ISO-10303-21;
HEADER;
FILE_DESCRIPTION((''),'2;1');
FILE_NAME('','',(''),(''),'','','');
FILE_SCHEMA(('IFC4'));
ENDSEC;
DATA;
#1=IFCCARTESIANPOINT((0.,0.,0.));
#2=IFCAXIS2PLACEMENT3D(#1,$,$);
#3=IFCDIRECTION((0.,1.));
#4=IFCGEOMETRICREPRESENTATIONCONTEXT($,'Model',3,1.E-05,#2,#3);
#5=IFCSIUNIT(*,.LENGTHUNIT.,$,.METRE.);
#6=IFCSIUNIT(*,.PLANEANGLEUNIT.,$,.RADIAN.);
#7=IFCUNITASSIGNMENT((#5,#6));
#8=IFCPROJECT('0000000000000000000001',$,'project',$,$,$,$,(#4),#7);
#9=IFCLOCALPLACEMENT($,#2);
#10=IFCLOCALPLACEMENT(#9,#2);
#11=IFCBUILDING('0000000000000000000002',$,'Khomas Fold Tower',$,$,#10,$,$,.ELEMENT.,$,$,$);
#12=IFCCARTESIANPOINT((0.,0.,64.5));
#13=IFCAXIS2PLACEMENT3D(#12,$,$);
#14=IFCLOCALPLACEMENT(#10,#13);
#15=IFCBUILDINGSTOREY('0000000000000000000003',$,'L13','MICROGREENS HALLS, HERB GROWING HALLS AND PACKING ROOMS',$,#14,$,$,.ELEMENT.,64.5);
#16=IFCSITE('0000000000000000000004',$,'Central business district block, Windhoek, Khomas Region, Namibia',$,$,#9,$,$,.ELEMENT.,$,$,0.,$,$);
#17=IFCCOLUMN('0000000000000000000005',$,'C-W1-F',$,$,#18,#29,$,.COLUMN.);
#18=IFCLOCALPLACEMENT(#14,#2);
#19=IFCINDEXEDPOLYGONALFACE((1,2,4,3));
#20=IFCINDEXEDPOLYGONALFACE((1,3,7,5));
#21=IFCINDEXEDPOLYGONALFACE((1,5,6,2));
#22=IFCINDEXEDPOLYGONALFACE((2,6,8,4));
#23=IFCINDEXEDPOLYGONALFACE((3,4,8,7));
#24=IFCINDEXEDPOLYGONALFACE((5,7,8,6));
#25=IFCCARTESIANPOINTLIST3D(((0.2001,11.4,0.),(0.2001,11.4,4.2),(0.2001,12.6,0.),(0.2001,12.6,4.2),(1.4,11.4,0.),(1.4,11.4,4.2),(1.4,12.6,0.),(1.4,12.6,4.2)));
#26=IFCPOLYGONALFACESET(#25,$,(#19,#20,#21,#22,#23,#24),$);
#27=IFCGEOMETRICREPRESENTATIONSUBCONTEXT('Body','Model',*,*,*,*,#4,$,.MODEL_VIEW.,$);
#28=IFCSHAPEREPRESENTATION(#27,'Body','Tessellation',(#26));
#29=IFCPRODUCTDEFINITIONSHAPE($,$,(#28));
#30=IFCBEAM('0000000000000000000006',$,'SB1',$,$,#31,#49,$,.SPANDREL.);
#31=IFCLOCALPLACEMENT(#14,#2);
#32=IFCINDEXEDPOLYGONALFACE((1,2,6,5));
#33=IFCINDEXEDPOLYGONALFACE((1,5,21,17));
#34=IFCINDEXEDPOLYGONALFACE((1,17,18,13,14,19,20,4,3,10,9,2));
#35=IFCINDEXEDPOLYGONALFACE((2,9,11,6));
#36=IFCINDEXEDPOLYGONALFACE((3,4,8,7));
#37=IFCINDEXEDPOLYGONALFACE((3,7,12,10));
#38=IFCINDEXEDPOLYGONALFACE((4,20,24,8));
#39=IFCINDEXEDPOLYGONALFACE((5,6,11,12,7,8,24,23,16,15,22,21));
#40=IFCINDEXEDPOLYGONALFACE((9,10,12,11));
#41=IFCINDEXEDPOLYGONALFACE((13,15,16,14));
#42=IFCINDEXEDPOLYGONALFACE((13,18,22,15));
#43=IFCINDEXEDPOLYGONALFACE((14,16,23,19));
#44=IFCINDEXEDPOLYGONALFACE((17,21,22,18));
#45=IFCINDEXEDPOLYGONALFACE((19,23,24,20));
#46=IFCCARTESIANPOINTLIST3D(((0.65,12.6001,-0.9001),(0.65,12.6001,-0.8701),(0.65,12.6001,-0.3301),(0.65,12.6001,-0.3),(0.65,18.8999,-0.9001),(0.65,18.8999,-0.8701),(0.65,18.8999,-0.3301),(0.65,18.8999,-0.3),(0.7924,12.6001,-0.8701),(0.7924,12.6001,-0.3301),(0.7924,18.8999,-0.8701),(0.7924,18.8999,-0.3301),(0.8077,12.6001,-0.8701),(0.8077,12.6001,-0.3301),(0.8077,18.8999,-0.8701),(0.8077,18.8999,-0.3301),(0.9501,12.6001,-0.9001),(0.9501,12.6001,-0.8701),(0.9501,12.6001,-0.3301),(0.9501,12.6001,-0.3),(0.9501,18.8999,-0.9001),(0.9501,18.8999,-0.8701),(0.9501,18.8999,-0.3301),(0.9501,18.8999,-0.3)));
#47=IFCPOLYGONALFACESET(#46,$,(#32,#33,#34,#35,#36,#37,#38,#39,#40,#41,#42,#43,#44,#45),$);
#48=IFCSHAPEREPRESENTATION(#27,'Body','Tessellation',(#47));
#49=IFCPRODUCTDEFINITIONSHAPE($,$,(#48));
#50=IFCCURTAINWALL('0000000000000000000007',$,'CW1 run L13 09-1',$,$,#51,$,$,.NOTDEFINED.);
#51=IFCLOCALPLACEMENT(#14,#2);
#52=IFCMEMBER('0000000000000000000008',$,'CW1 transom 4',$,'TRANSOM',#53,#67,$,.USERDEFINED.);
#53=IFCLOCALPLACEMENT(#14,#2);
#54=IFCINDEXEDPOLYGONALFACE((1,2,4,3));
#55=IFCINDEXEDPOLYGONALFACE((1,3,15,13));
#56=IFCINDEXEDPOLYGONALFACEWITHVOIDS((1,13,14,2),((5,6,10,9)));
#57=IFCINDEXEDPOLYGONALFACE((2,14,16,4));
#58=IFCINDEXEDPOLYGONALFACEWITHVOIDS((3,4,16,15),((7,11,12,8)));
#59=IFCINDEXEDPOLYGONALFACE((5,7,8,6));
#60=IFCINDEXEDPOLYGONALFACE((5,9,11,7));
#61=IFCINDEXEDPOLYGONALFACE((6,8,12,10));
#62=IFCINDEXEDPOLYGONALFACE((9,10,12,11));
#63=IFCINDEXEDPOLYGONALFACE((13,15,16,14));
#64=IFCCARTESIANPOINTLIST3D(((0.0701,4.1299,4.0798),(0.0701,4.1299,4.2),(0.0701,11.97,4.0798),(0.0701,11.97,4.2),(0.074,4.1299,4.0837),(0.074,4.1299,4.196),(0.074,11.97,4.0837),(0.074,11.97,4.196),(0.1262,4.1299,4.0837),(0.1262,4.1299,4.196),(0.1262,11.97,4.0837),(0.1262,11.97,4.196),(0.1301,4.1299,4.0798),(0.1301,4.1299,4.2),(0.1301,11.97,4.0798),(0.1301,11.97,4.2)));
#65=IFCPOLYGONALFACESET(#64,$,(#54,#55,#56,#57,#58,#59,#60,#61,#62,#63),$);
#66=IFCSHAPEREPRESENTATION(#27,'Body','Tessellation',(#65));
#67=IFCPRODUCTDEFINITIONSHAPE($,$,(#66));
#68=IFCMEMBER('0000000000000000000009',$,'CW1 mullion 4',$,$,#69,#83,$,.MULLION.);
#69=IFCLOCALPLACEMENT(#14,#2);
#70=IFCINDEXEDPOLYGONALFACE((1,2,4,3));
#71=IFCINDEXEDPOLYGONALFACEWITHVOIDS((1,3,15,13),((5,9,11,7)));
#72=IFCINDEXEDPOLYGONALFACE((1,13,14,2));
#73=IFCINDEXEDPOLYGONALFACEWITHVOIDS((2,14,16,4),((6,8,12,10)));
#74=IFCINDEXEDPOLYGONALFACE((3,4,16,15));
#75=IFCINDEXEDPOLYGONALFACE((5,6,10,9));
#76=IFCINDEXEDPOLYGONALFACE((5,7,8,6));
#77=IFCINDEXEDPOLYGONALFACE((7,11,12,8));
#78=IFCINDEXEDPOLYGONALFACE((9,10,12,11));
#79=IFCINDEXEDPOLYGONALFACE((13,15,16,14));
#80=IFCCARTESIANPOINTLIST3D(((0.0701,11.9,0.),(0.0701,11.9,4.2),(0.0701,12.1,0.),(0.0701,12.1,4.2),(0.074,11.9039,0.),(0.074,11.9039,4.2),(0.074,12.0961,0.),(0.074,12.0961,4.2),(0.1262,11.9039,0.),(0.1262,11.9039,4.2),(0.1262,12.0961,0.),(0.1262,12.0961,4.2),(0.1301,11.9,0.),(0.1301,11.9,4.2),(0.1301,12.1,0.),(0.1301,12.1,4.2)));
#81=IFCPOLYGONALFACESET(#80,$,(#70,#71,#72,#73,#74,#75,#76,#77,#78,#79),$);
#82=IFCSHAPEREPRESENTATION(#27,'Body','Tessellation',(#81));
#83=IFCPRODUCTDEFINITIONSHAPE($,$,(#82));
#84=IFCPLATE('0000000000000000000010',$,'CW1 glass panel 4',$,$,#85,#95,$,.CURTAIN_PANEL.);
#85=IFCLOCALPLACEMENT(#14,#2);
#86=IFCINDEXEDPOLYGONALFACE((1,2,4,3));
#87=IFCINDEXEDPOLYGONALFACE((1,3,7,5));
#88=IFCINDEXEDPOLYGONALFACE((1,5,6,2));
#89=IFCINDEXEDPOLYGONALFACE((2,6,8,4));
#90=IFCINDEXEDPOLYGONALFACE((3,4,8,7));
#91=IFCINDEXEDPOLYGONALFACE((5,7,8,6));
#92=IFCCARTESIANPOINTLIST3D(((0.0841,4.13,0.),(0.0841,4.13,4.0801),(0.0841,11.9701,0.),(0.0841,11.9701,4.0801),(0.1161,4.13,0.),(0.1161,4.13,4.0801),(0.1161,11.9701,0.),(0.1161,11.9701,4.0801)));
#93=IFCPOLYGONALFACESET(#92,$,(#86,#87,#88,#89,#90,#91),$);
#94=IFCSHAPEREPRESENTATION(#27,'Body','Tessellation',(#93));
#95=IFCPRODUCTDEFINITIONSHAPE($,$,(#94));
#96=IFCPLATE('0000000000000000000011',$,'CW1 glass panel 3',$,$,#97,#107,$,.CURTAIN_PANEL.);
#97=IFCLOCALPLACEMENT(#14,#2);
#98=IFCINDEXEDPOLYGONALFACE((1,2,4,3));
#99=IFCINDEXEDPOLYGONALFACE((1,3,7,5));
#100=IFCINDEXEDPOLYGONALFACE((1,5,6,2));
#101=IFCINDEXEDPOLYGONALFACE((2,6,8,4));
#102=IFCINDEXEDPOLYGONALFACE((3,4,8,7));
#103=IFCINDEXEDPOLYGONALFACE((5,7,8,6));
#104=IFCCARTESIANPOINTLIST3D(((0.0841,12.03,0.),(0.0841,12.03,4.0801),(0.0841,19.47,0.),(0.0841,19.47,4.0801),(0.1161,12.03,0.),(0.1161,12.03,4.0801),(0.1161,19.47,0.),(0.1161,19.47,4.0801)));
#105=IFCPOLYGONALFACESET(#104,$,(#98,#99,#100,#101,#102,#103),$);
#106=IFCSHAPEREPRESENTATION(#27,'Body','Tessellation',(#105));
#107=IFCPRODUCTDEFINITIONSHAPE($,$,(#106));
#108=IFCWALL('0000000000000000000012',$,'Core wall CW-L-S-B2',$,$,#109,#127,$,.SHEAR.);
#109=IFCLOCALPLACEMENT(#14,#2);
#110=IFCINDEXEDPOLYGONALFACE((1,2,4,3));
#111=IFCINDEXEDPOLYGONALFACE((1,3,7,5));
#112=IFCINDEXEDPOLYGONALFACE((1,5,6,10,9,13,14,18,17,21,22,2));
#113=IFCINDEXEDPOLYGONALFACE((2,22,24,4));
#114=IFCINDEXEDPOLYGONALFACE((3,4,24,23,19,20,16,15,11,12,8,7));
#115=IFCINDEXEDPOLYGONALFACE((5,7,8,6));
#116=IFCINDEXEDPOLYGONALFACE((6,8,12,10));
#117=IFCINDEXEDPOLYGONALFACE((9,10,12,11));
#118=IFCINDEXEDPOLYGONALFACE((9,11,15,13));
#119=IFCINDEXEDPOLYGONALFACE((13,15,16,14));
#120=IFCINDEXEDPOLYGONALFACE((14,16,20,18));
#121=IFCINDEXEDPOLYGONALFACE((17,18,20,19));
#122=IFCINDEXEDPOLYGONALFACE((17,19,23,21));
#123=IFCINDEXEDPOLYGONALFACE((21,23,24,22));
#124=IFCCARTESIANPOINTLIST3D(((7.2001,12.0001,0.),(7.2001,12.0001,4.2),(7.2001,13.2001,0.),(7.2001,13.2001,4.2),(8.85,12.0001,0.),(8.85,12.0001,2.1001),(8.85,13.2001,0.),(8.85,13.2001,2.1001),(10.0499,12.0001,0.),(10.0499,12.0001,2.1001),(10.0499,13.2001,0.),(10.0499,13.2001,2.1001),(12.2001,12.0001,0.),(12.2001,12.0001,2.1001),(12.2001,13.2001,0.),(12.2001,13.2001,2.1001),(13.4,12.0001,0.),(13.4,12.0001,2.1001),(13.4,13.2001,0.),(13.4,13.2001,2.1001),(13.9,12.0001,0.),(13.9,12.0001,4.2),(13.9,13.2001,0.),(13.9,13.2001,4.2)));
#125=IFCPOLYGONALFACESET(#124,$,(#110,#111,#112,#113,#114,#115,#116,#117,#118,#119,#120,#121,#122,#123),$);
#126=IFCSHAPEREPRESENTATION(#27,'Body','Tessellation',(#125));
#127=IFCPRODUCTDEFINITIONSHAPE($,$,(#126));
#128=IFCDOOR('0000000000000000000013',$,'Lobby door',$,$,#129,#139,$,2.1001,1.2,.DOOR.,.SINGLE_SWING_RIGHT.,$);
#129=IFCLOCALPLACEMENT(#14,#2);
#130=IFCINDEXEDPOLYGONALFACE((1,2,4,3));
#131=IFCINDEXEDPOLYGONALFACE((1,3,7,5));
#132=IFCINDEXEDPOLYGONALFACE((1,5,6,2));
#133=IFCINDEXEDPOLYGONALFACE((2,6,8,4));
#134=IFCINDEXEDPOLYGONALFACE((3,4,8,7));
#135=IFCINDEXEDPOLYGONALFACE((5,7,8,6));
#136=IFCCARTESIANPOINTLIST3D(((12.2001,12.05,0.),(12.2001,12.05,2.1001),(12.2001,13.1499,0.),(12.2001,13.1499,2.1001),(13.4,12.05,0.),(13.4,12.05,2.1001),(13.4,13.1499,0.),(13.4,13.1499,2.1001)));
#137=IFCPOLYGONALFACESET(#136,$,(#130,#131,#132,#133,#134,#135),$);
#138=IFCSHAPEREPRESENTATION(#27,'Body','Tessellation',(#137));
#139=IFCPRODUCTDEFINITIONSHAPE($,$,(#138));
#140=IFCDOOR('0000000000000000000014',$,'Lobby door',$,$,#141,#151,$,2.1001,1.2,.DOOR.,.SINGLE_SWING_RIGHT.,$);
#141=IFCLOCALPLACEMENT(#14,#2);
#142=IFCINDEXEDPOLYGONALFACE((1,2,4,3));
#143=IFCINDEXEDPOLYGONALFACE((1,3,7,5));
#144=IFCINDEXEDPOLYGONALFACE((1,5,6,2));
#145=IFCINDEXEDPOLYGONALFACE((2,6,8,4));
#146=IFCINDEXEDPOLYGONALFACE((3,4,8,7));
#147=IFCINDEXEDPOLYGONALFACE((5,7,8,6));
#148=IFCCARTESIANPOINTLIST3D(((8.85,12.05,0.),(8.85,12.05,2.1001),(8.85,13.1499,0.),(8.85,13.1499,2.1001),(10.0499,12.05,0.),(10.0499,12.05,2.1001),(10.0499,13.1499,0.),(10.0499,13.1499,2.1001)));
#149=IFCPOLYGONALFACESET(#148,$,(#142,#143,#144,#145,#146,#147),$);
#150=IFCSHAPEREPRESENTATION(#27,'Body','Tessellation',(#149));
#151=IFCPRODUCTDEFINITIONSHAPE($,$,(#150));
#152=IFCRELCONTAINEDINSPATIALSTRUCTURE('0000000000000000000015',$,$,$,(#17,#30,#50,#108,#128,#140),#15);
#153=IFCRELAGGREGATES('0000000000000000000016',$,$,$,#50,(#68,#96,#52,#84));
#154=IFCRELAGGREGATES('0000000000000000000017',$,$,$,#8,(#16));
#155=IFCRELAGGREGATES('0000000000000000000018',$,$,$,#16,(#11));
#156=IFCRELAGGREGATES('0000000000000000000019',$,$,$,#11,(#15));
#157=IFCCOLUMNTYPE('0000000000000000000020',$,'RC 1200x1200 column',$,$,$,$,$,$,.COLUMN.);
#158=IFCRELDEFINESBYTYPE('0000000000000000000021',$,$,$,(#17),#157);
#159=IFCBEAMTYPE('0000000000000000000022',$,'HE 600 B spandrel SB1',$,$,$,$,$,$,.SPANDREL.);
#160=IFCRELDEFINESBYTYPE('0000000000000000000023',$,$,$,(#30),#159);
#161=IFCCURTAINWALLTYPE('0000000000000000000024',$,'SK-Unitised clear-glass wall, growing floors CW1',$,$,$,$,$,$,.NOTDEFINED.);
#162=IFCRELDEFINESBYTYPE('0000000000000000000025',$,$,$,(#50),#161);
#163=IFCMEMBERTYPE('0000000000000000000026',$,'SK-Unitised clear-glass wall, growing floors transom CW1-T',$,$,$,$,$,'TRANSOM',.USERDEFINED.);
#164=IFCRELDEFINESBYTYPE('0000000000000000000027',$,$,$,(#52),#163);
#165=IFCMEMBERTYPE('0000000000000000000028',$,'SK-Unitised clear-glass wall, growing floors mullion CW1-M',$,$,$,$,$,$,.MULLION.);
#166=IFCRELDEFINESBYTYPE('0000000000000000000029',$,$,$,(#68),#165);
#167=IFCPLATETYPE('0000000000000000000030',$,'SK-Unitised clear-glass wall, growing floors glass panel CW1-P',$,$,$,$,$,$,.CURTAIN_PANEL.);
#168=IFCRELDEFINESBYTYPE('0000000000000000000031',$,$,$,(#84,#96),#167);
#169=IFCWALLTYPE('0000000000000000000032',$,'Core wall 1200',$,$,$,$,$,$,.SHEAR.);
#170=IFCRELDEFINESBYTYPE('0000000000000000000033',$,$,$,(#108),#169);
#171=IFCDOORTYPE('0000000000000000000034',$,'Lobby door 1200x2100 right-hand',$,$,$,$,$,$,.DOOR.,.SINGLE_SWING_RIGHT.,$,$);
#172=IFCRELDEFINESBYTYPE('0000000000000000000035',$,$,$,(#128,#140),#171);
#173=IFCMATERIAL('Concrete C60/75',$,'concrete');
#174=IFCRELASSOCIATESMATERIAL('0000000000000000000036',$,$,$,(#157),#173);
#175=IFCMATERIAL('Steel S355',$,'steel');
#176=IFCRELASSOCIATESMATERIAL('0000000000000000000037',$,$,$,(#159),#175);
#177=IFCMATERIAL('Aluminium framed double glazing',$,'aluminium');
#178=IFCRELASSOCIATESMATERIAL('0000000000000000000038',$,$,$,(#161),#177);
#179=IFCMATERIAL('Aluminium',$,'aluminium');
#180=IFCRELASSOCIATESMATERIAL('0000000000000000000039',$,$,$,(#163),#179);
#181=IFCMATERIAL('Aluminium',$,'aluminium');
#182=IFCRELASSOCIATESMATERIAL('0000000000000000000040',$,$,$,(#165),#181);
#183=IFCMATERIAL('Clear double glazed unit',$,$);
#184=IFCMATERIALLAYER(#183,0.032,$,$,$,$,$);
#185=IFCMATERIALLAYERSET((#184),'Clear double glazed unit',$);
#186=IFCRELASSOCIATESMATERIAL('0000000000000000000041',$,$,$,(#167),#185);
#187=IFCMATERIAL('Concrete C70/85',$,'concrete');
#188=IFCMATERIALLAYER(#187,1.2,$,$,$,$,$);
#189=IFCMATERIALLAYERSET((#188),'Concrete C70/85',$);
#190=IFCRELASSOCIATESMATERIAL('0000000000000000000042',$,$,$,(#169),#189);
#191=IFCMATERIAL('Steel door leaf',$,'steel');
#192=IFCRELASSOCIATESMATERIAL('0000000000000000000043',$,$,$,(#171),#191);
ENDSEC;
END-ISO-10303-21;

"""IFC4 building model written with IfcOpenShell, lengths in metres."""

from ifc_helpers import new_model, si_unit, direction, frame, frame_2d, origin, origin_2d, place, context, subcontext, project, spatial, rectangle, hollow_rectangle, i_section, extrude, source, transform, mapped, material, layer, layer_set, material_profile, profile_set, type_object, element, fill, aggregate, save


model = new_model("IFC4")

# Units and contexts
model_context = context("Model", 3, precision=1e-05, world=origin(), true_north=direction((0.0, 1.0)))
body_context = subcontext(model_context, "Body", "Model", "MODEL_VIEW")
ifc_project = project(units=[si_unit("LENGTHUNIT", "METRE"), si_unit("PLANEANGLEUNIT", "RADIAN")], contexts=[model_context])

# Site, building, storey
site_placement = place(None, origin())
site = spatial("IfcSite", under=ifc_project, at=site_placement, Name="Central business district block, Windhoek, Khomas Region, Namibia", CompositionType="ELEMENT", RefElevation=0.0)
building_placement = place(site_placement, origin())
building = spatial("IfcBuilding", under=site, at=building_placement, Name="Khomas Fold Tower", CompositionType="ELEMENT")
storey_placement = place(building_placement, frame((0.0, 0.0, 64.5)))
storey = spatial("IfcBuildingStorey", under=building, at=storey_placement, Name="L13", Description="MICROGREENS HALLS, HERB GROWING HALLS AND PACKING ROOMS", CompositionType="ELEMENT", Elevation=64.5)

# Column
ifc_material_1 = material(Name="Concrete C60/75", Category="concrete")
ifc_material_profile_1 = material_profile(ifc_material_1, rectangle(XDim=1.2, YDim=1.2, at=origin_2d()), Name="RC 1200x1200")
ifc_profile_set_1 = profile_set([ifc_material_profile_1], Name="Concrete C60/75")
column_type = type_object("IfcColumnType", Name="RC 1200x1200 column", PredefinedType="COLUMN", material=ifc_profile_set_1)
shared_shape_1 = source(origin(), body_context, "Body", "SweptSolid", [
    extrude(rectangle(XDim=1.2, YDim=1.2, at=origin_2d()), origin(), (0.0, 0.0, 1.0), 4.2),
])
column_placement = place(storey_placement, frame((0.8, 12.0, 0.0), z_axis=(0.0, 0.0, 1.0), x_axis=(1.0, 0.0, 0.0)))
element("IfcColumn", 1, at=column_placement, inside=storey, type_object=column_type, Name="C-W1-F", PredefinedType="COLUMN", context=body_context, shape_type="MappedRepresentation", body=[
    mapped(shared_shape_1, transform((0.0, 0.0, 0.0))),
])

# Beam
ifc_material_2 = material(Name="Steel S355", Category="steel")
ifc_material_profile_2 = material_profile(ifc_material_2, i_section(OverallWidth=0.3, OverallDepth=0.6001, WebThickness=0.0154, FlangeThickness=0.03, at=origin_2d()), Name="HE 600 B")
ifc_profile_set_2 = profile_set([ifc_material_profile_2], Name="Steel S355")
beam_type = type_object("IfcBeamType", Name="HE 600 B spandrel SB1", PredefinedType="SPANDREL", material=ifc_profile_set_2)
shared_shape_2 = source(origin(), body_context, "Body", "SweptSolid", [
    extrude(i_section(OverallWidth=0.3, OverallDepth=0.6001, WebThickness=0.0154, FlangeThickness=0.03, at=origin_2d()), origin(), (0.0, 0.0, 1.0), 6.2998),
])
beam_placement = place(storey_placement, frame((0.8, 12.6001, -0.6001), z_axis=(0.0, 1.0, 0.0), x_axis=(-1.0, 0.0, 0.0)))
element("IfcBeam", 2, at=beam_placement, inside=storey, type_object=beam_type, Name="SB1", PredefinedType="SPANDREL", context=body_context, shape_type="MappedRepresentation", body=[
    mapped(shared_shape_2, transform((0.0, 0.0, 0.0))),
])

# Curtain wall, members, plates
ifc_material_3 = material(Name="Aluminium framed double glazing", Category="aluminium")
curtain_wall_type = type_object("IfcCurtainWallType", Name="SK-Unitised clear-glass wall, growing floors CW1", PredefinedType="NOTDEFINED", material=ifc_material_3)
curtain_wall_placement = place(storey_placement, origin())
curtain_wall = element("IfcCurtainWall", 3, at=curtain_wall_placement, inside=storey, type_object=curtain_wall_type, Name="CW1 run L13 09-1", PredefinedType="NOTDEFINED")
ifc_material_4 = material(Name="Aluminium", Category="aluminium")
ifc_material_profile_3 = material_profile(ifc_material_4, hollow_rectangle(XDim=0.0601, YDim=0.1201, WallThickness=0.0039, at=origin_2d()), Name="SK-Unitised clear-glass wall, growing floors transom CW1-T")
ifc_profile_set_3 = profile_set([ifc_material_profile_3], Name="Aluminium")
member_type_1 = type_object("IfcMemberType", Name="SK-Unitised clear-glass wall, growing floors transom CW1-T", ElementType="TRANSOM", PredefinedType="USERDEFINED", material=ifc_profile_set_3)
shared_shape_3 = source(origin(), body_context, "Body", "SweptSolid", [
    extrude(hollow_rectangle(XDim=0.0601, YDim=0.1201, WallThickness=0.0039, at=origin_2d()), origin(), (0.0, 0.0, 1.0), 7.8401),
])
member_1_placement = place(storey_placement, frame((0.1001, 11.97, 4.1399), z_axis=(0.0, -1.0, 0.0), x_axis=(1.0, 0.0, 0.0)))
member_1 = element("IfcMember", 4, at=member_1_placement, type_object=member_type_1, Name="CW1 transom 4", ObjectType="TRANSOM", PredefinedType="USERDEFINED", context=body_context, shape_type="MappedRepresentation", body=[
    mapped(shared_shape_3, transform((0.0, 0.0, 0.0))),
])
ifc_material_5 = material(Name="Aluminium", Category="aluminium")
ifc_material_profile_4 = material_profile(ifc_material_5, hollow_rectangle(XDim=0.0601, YDim=0.2, WallThickness=0.0039, at=origin_2d()), Name="SK-Unitised clear-glass wall, growing floors mullion CW1-M")
ifc_profile_set_4 = profile_set([ifc_material_profile_4], Name="Aluminium")
member_type_2 = type_object("IfcMemberType", Name="SK-Unitised clear-glass wall, growing floors mullion CW1-M", PredefinedType="MULLION", material=ifc_profile_set_4)
shared_shape_4 = source(origin(), body_context, "Body", "SweptSolid", [
    extrude(hollow_rectangle(XDim=0.0601, YDim=0.2, WallThickness=0.0039, at=origin_2d()), origin(), (0.0, 0.0, 1.0), 4.2),
])
member_2_placement = place(storey_placement, frame((0.1001, 12.0, 0.0), z_axis=(0.0, 0.0, 1.0), x_axis=(1.0, 0.0, 0.0)))
member_2 = element("IfcMember", 5, at=member_2_placement, type_object=member_type_2, Name="CW1 mullion 4", PredefinedType="MULLION", context=body_context, shape_type="MappedRepresentation", body=[
    mapped(shared_shape_4, transform((0.0, 0.0, 0.0))),
])
ifc_material_6 = material(Name="Clear double glazed unit")
ifc_layer_1 = layer(ifc_material_6, 0.032)
ifc_layer_set_1 = layer_set([ifc_layer_1], Name="Clear double glazed unit")
plate_type = type_object("IfcPlateType", Name="SK-Unitised clear-glass wall, growing floors glass panel CW1-P", PredefinedType="CURTAIN_PANEL", material=ifc_layer_set_1)
shared_shape_5 = source(origin(), body_context, "Body", "SweptSolid", [
    extrude(rectangle(XDim=7.8401, YDim=0.032, at=origin_2d()), origin(), (0.0, 0.0, 1.0), 4.0801),
])
plate_1_placement = place(storey_placement, frame((0.1001, 8.05, 0.0), z_axis=(0.0, 0.0, 1.0), x_axis=(0.0, -1.0, 0.0)))
plate_1 = element("IfcPlate", 6, at=plate_1_placement, type_object=plate_type, Name="CW1 glass panel 4", PredefinedType="CURTAIN_PANEL", context=body_context, shape_type="MappedRepresentation", body=[
    mapped(shared_shape_5, transform((0.0, 0.0, 0.0))),
])
shared_shape_6 = source(origin(), body_context, "Body", "SweptSolid", [
    extrude(rectangle(XDim=7.4399, YDim=0.032, at=origin_2d()), origin(), (0.0, 0.0, 1.0), 4.0801),
])
plate_2_placement = place(storey_placement, frame((0.1001, 15.75, 0.0), z_axis=(0.0, 0.0, 1.0), x_axis=(0.0, -1.0, 0.0)))
plate_2 = element("IfcPlate", 7, at=plate_2_placement, type_object=plate_type, Name="CW1 glass panel 3", PredefinedType="CURTAIN_PANEL", context=body_context, shape_type="MappedRepresentation", body=[
    mapped(shared_shape_6, transform((0.0, 0.0, 0.0))),
])
aggregate(curtain_wall, [member_2, plate_2, member_1, plate_1])

# Wall, openings, doors
ifc_material_7 = material(Name="Concrete C70/85", Category="concrete")
ifc_layer_2 = layer(ifc_material_7, 1.2)
ifc_layer_set_2 = layer_set([ifc_layer_2], Name="Concrete C70/85")
wall_type_1 = type_object("IfcWallType", Name="Core wall 1200", PredefinedType="SHEAR", material=ifc_layer_set_2)
shared_shape_7 = source(origin(), body_context, "Body", "SweptSolid", [
    extrude(rectangle(XDim=6.7, YDim=1.2, at=frame_2d((3.3501, 0.0))), origin(), (0.0, 0.0, 1.0), 4.2),
])
wall_1_placement = place(storey_placement, frame((7.2, 12.6001, 0.0), z_axis=(0.0, 0.0, 1.0), x_axis=(1.0, 0.0, 0.0)))
wall_1 = element("IfcWall", 8, at=wall_1_placement, inside=storey, type_object=wall_type_1, Name="Core wall CW-L-S-B2", PredefinedType="SHEAR", context=body_context, shape_type="MappedRepresentation", body=[
    mapped(shared_shape_7, transform((0.0, 0.0, 0.0))),
])
shared_shape_8 = source(origin(), body_context, "Body", "SweptSolid", [
    extrude(rectangle(XDim=1.2, YDim=2.1001, at=frame_2d((0.6001, 1.05))), frame((0.0, 0.6099, 0.0), z_axis=(0.0, -1.0, 0.0), x_axis=(1.0, 0.0, 0.0)), (0.0, 0.0, 1.0), 1.22),
])
opening_1_placement = place(wall_1_placement, frame((5.0, 0.0, 0.0)))
opening_1 = element("IfcOpeningElement", 9, at=opening_1_placement, cuts=wall_1, PredefinedType="OPENING", context=body_context, shape_type="MappedRepresentation", body=[
    mapped(shared_shape_8, transform((0.0, 0.0, 0.0))),
])
opening_2_placement = place(wall_1_placement, frame((1.6499, 0.0, 0.0)))
opening_2 = element("IfcOpeningElement", 10, at=opening_2_placement, cuts=wall_1, PredefinedType="OPENING", context=body_context, shape_type="MappedRepresentation", body=[
    mapped(shared_shape_8, transform((0.0, 0.0, 0.0))),
])
ifc_material_8 = material(Name="Steel door leaf", Category="steel")
door_type_1 = type_object("IfcDoorType", Name="Lobby door 1200x2100 right-hand", OperationType="SINGLE_SWING_RIGHT", PredefinedType="DOOR", material=ifc_material_8)
shared_shape_9 = source(origin(), body_context, "Body", "SweptSolid", [
    extrude(rectangle(XDim=1.2, YDim=2.1001, at=frame_2d((0.6001, 1.05))), frame((0.0, 0.5498, 0.0), z_axis=(0.0, -1.0, 0.0), x_axis=(1.0, 0.0, 0.0)), (0.0, 0.0, 1.0), 1.0999),
])
door_1_placement = place(opening_1_placement, origin())
door_1 = element("IfcDoor", 11, at=door_1_placement, inside=storey, type_object=door_type_1, Name="Lobby door", OperationType="SINGLE_SWING_RIGHT", OverallHeight=2.1001, OverallWidth=1.2, PredefinedType="DOOR", context=body_context, shape_type="MappedRepresentation", body=[
    mapped(shared_shape_9, transform((0.0, 0.0, 0.0))),
])
fill(opening_1, door_1)
door_2_placement = place(opening_2_placement, origin())
door_2 = element("IfcDoor", 12, at=door_2_placement, inside=storey, type_object=door_type_1, Name="Lobby door", OperationType="SINGLE_SWING_RIGHT", OverallHeight=2.1001, OverallWidth=1.2, PredefinedType="DOOR", context=body_context, shape_type="MappedRepresentation", body=[
    mapped(shared_shape_9, transform((0.0, 0.0, 0.0))),
])
fill(opening_2, door_2)

save(model, "model.ifc")
